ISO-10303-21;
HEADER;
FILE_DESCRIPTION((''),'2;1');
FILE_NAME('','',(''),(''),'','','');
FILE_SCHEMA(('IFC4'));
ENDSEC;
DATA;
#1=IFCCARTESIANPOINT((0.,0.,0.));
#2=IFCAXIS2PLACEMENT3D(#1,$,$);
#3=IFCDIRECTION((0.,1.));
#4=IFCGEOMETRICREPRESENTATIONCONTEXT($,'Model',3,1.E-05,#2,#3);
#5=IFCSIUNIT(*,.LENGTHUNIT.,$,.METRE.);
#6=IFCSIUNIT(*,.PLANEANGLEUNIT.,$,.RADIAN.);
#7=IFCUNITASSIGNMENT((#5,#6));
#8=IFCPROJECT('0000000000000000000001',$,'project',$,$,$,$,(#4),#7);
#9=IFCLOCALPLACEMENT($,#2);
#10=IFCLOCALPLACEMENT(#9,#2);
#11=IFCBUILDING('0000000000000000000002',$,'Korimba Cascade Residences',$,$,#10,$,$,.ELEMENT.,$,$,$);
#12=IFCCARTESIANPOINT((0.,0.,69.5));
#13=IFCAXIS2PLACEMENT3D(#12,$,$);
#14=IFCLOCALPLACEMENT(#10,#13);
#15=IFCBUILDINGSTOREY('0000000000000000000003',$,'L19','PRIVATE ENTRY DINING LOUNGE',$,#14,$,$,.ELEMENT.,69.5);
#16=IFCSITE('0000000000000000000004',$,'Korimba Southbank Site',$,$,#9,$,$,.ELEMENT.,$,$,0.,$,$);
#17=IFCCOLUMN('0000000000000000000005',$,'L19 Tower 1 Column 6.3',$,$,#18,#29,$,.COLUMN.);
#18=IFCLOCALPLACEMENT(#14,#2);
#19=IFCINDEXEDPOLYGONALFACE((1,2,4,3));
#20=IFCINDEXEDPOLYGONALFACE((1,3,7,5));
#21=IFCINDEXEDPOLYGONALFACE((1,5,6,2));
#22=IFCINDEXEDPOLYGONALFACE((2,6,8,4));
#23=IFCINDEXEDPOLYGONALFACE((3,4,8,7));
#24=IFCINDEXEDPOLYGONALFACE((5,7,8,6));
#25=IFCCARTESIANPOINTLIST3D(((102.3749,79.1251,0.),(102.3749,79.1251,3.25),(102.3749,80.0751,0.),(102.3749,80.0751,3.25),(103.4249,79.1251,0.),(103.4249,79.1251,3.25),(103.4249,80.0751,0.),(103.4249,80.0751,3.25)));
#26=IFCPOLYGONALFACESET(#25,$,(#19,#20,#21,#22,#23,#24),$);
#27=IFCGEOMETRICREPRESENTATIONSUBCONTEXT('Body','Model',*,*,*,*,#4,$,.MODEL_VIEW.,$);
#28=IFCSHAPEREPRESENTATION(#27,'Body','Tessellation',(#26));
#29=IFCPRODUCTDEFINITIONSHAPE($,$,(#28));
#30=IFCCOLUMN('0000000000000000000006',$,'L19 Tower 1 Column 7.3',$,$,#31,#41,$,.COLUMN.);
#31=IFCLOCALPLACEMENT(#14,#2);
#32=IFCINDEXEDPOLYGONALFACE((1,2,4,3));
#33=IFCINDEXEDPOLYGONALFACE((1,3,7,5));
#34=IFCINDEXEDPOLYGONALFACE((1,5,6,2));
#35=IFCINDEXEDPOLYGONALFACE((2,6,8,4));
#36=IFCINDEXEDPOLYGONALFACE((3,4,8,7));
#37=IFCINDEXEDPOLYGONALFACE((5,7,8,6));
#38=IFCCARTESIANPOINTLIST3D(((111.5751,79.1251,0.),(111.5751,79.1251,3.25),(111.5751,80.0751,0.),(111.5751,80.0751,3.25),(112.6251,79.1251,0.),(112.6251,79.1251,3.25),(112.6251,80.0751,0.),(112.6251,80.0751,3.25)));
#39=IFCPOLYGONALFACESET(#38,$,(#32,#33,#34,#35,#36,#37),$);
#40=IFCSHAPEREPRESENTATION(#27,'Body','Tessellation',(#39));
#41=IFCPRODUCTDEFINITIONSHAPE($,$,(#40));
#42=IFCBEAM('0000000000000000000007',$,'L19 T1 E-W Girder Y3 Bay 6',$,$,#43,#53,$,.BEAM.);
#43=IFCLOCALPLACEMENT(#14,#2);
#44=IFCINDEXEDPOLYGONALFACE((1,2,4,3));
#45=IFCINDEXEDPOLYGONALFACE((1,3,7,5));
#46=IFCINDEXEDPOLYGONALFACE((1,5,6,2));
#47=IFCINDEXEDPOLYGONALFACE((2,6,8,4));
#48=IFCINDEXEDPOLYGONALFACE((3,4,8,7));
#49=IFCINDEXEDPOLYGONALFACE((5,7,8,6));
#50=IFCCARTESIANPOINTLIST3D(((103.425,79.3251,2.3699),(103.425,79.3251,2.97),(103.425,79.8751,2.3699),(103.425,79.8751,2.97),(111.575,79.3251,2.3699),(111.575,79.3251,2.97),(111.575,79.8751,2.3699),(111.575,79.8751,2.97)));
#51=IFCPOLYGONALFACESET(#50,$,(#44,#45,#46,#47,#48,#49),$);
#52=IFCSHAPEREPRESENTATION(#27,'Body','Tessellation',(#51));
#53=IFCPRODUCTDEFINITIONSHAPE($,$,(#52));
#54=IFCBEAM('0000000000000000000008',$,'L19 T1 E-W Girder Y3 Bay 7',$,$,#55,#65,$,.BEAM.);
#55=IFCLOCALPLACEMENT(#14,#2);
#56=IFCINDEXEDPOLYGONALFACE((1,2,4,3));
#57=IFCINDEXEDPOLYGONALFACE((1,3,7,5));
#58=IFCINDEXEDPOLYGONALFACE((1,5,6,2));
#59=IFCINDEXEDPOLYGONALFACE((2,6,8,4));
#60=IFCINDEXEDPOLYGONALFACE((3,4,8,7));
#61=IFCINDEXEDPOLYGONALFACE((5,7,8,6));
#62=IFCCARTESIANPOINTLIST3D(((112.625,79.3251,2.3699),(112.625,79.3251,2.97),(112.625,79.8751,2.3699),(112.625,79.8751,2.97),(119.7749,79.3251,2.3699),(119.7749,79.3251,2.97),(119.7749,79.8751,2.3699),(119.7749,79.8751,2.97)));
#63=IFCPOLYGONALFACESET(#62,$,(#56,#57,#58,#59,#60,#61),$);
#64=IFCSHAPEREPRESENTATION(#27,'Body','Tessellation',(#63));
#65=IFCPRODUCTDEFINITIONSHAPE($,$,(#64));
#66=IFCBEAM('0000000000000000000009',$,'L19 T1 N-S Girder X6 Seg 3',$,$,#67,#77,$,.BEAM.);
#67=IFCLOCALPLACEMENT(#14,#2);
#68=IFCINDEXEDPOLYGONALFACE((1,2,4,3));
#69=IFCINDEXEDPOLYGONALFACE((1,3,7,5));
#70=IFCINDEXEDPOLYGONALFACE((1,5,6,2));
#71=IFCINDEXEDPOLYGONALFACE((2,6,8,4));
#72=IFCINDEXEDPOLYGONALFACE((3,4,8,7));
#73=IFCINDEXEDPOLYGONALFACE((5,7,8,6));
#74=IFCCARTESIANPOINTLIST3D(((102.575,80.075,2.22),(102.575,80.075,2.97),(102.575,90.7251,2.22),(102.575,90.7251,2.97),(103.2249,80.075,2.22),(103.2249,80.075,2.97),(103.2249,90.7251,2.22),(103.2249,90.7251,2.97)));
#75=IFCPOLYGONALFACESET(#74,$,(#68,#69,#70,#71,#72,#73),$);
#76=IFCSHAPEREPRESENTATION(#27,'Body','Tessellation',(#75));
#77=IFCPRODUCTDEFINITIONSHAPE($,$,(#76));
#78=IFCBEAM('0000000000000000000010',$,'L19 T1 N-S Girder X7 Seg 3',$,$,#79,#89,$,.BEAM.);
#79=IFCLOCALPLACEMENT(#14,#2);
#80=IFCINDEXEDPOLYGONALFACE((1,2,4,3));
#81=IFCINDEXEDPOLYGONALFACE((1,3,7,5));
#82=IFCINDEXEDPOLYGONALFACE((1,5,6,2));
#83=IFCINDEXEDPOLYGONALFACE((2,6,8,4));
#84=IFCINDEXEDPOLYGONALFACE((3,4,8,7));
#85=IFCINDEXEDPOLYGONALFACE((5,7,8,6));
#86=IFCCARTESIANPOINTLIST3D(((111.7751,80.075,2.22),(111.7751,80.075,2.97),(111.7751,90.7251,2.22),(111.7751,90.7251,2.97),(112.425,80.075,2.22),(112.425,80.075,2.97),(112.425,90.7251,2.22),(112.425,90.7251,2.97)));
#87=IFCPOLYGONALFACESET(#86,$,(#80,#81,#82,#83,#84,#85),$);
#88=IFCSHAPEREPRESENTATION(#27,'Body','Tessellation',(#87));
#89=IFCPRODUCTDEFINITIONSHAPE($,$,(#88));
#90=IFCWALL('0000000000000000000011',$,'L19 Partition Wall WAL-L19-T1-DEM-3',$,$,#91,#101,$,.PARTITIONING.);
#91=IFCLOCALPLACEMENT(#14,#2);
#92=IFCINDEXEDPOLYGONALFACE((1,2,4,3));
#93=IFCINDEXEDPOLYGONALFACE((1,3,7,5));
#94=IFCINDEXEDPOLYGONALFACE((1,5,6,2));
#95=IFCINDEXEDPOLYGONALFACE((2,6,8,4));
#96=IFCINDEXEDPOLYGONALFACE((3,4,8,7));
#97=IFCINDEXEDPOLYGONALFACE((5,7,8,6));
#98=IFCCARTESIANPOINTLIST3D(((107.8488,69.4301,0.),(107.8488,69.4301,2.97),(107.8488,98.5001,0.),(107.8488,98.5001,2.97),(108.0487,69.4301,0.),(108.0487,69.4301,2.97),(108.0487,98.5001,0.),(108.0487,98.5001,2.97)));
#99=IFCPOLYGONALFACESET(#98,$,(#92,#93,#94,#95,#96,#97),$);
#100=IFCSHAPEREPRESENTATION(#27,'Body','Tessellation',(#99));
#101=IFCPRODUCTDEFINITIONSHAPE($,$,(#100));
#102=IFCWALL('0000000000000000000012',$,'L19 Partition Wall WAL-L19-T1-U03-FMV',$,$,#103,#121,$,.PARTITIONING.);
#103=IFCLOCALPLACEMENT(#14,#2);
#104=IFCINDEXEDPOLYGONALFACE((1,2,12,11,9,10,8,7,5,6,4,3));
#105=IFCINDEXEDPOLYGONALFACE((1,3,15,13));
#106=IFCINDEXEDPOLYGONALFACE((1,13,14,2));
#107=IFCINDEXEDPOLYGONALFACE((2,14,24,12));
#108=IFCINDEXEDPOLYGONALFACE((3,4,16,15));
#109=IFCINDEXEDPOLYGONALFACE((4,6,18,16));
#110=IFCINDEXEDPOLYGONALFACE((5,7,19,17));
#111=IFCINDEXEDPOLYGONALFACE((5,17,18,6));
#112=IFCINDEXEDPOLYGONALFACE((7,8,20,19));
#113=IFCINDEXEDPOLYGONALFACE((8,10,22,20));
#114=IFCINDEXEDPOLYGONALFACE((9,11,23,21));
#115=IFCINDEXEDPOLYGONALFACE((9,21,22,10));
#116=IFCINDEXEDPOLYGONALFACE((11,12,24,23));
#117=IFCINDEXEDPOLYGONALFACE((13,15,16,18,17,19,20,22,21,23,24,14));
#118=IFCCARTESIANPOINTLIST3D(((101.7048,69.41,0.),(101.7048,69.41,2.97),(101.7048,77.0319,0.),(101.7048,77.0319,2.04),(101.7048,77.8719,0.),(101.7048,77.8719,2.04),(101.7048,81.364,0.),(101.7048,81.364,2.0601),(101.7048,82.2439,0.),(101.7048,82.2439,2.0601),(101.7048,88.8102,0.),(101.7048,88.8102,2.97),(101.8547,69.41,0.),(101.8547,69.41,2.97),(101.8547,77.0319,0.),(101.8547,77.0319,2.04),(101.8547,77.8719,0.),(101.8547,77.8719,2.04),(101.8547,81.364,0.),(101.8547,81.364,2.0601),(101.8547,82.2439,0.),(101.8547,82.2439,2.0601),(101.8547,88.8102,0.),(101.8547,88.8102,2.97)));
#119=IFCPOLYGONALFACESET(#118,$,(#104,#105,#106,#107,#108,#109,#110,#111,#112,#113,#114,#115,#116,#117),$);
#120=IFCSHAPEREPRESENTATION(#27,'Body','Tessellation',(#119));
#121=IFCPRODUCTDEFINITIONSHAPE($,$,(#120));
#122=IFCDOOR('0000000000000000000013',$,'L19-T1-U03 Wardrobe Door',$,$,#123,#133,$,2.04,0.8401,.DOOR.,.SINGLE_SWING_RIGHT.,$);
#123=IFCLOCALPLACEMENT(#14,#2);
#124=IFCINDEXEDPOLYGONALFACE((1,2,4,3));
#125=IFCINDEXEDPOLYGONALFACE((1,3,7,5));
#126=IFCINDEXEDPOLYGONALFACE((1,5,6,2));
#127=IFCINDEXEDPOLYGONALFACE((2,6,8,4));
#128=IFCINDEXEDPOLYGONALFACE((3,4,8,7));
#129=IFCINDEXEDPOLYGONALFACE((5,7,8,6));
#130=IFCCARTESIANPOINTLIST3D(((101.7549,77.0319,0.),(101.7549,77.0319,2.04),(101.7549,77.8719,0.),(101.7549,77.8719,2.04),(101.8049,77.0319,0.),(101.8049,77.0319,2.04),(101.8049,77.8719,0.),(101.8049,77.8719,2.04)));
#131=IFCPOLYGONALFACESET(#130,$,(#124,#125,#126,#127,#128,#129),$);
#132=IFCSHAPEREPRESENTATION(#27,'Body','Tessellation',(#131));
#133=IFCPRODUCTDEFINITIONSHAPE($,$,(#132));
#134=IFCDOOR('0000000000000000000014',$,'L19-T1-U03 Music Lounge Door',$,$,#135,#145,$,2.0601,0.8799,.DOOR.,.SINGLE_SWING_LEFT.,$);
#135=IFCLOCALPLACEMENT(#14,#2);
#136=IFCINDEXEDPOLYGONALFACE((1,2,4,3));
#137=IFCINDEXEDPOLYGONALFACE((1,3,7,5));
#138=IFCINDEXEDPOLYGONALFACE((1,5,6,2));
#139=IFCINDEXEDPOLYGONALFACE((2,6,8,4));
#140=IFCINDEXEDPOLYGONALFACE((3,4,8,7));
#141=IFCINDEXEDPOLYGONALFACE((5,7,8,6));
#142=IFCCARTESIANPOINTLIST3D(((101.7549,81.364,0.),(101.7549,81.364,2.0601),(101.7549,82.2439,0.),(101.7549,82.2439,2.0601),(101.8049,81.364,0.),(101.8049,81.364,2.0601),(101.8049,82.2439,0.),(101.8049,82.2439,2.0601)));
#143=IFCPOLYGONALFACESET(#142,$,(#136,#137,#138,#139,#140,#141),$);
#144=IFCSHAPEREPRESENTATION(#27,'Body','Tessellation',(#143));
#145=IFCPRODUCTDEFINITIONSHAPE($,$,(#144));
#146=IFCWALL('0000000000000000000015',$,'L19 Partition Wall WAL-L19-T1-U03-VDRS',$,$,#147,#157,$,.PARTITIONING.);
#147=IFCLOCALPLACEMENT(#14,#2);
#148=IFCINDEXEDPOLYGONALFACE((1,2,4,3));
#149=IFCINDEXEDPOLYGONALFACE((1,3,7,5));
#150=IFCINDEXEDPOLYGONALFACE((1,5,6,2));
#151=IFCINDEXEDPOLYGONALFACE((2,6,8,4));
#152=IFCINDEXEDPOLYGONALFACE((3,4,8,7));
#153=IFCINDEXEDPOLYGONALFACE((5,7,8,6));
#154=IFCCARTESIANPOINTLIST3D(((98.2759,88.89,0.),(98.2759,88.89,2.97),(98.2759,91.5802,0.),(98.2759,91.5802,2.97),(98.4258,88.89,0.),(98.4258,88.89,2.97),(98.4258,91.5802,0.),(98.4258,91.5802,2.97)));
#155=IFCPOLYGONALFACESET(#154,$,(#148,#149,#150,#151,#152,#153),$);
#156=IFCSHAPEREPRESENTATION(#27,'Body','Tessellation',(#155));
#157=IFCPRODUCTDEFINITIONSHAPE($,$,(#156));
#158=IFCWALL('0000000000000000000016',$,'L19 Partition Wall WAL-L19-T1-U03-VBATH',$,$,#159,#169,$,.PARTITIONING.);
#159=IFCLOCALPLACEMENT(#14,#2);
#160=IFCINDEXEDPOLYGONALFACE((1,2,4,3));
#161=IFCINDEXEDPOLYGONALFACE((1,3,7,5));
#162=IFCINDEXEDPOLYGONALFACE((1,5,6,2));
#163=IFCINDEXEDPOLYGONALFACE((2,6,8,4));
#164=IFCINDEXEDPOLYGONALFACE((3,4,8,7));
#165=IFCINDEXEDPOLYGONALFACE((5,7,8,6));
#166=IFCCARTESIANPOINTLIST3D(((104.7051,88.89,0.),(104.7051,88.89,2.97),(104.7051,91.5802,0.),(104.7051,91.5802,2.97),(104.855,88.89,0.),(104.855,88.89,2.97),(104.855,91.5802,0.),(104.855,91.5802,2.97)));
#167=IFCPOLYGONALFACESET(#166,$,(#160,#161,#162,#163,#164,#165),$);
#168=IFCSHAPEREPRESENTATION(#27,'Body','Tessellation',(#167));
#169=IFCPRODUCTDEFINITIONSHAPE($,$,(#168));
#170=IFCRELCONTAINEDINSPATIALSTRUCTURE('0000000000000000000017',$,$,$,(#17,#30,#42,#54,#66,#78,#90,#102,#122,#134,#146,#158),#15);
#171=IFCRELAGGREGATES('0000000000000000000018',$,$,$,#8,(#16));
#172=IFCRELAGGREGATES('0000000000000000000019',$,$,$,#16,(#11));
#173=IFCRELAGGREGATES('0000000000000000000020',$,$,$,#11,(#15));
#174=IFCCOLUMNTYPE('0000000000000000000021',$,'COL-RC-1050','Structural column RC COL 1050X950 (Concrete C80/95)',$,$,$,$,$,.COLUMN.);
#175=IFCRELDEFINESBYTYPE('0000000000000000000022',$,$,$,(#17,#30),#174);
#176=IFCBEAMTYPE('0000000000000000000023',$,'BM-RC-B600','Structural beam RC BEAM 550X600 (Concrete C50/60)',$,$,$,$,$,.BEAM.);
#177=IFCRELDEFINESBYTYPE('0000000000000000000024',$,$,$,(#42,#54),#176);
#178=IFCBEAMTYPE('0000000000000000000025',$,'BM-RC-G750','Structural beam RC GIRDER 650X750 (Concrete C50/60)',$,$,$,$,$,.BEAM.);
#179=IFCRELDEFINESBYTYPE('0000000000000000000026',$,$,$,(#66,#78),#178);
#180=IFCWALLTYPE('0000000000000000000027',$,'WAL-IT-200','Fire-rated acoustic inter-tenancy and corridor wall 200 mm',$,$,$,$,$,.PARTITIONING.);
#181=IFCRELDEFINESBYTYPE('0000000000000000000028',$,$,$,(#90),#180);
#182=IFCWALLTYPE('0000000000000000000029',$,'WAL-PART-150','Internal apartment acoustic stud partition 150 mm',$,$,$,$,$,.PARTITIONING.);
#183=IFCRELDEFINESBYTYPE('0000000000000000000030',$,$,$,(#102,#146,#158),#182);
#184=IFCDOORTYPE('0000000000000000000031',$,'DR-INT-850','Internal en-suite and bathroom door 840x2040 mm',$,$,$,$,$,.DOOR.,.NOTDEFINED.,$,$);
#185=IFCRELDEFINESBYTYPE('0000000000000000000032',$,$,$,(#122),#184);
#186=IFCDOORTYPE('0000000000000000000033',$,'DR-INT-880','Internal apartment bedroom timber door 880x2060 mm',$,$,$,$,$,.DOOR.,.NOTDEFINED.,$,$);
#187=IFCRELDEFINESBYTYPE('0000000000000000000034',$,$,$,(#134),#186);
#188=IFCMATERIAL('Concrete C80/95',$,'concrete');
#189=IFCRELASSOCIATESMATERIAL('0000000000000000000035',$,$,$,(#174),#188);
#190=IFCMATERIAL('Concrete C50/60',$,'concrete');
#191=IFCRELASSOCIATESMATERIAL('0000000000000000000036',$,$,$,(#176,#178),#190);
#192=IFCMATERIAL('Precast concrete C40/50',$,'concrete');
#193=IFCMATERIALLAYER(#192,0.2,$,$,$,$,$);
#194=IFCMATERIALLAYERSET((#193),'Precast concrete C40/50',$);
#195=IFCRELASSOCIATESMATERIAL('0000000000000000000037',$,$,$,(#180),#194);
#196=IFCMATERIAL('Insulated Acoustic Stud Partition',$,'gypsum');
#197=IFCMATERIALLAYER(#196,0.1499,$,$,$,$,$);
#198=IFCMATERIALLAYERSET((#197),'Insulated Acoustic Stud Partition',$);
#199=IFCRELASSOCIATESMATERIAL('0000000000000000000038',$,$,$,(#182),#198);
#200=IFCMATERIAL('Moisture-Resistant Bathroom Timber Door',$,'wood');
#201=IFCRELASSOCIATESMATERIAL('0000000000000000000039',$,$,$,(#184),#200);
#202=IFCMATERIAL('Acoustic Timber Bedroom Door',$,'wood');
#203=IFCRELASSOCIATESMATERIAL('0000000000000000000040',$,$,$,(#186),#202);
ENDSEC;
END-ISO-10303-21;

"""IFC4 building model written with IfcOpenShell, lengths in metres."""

from ifc_helpers import new_model, si_unit, direction, frame, frame_2d, origin, origin_2d, place, context, subcontext, project, spatial, rectangle, extrude, material, layer, layer_set, material_profile, profile_set, type_object, element, fill, save


model = new_model("IFC4")

# Units and contexts
model_context = context("Model", 3, precision=1e-05, world=origin(), true_north=direction((0.0, 1.0)))
body_context = subcontext(model_context, "Body", "Model", "MODEL_VIEW")
ifc_project = project(units=[si_unit("LENGTHUNIT", "METRE"), si_unit("PLANEANGLEUNIT", "RADIAN")], contexts=[model_context])

# Site, building, storey
site_placement = place(None, origin())
site = spatial("IfcSite", under=ifc_project, at=site_placement, Name="Korimba Southbank Site", CompositionType="ELEMENT", RefElevation=0.0)
building_placement = place(site_placement, origin())
building = spatial("IfcBuilding", under=site, at=building_placement, Name="Korimba Cascade Residences", CompositionType="ELEMENT")
storey_placement = place(building_placement, frame((0.0, 0.0, 69.5)))
storey = spatial("IfcBuildingStorey", under=building, at=storey_placement, Name="L19", Description="PRIVATE ENTRY DINING LOUNGE", CompositionType="ELEMENT", Elevation=69.5)

# Columns
ifc_material_1 = material(Name="Concrete C80/95", Category="concrete")
ifc_material_profile_1 = material_profile(ifc_material_1, rectangle(XDim=1.05, YDim=0.95, at=origin_2d()), Name="Concrete C80/95")
ifc_profile_set_1 = profile_set([ifc_material_profile_1], Name="Concrete C80/95")
column_type = type_object("IfcColumnType", Name="COL-RC-1050", Description="Structural column RC COL 1050X950 (Concrete C80/95)", PredefinedType="COLUMN", material=ifc_profile_set_1)
for number, where, z_axis, x_axis, name in (
    (1, (102.8999, 79.6001, 0.0), (0.0, 0.0, 1.0), (1.0, 0.0, 0.0), "L19 Tower 1 Column 6.3"),
    (2, (112.1001, 79.6001, 0.0), (0.0, 0.0, 1.0), (1.0, 0.0, 0.0), "L19 Tower 1 Column 7.3"),
):
    element("IfcColumn", number, at=place(storey_placement, frame(where, z_axis=z_axis, x_axis=x_axis)), inside=storey, type_object=column_type, Name=name, PredefinedType="COLUMN", context=body_context, shape_type="SweptSolid", body=[
        extrude(rectangle(XDim=1.05, YDim=0.95, at=origin_2d()), origin(), (0.0, 0.0, 1.0), 3.25),
    ])

# Beams
ifc_material_2 = material(Name="Concrete C50/60", Category="concrete")
ifc_material_profile_2 = material_profile(ifc_material_2, rectangle(XDim=0.55, YDim=0.6001, at=origin_2d()), Name="Concrete C50/60")
ifc_profile_set_2 = profile_set([ifc_material_profile_2], Name="Concrete C50/60")
beam_type_1 = type_object("IfcBeamType", Name="BM-RC-B600", Description="Structural beam RC BEAM 550X600 (Concrete C50/60)", PredefinedType="BEAM", material=ifc_profile_set_2)
beam_1_placement = place(storey_placement, frame((103.425, 79.6001, 2.6699), z_axis=(1.0, 0.0, 0.0), x_axis=(0.0, 1.0, 0.0)))
element("IfcBeam", 3, at=beam_1_placement, inside=storey, type_object=beam_type_1, Name="L19 T1 E-W Girder Y3 Bay 6", PredefinedType="BEAM", context=body_context, shape_type="SweptSolid", body=[
    extrude(rectangle(XDim=0.55, YDim=0.6001, at=origin_2d()), origin(), (0.0, 0.0, 1.0), 8.1499),
])
beam_2_placement = place(storey_placement, frame((112.625, 79.6001, 2.6699), z_axis=(1.0, 0.0, 0.0), x_axis=(0.0, 1.0, 0.0)))
element("IfcBeam", 4, at=beam_2_placement, inside=storey, type_object=beam_type_1, Name="L19 T1 E-W Girder Y3 Bay 7", PredefinedType="BEAM", context=body_context, shape_type="SweptSolid", body=[
    extrude(rectangle(XDim=0.55, YDim=0.6001, at=origin_2d()), origin(), (0.0, 0.0, 1.0), 7.1499),
])
ifc_material_profile_3 = material_profile(ifc_material_2, rectangle(XDim=0.6499, YDim=0.75, at=origin_2d()), Name="Concrete C50/60")
ifc_profile_set_3 = profile_set([ifc_material_profile_3], Name="Concrete C50/60")
beam_type_2 = type_object("IfcBeamType", Name="BM-RC-G750", Description="Structural beam RC GIRDER 650X750 (Concrete C50/60)", PredefinedType="BEAM", material=ifc_profile_set_3)
for number, where, z_axis, x_axis, name in (
    (5, (102.8999, 80.075, 2.595), (0.0, 1.0, 0.0), (-1.0, 0.0, 0.0), "L19 T1 N-S Girder X6 Seg 3"),
    (6, (112.1001, 80.075, 2.595), (0.0, 1.0, 0.0), (-1.0, 0.0, 0.0), "L19 T1 N-S Girder X7 Seg 3"),
):
    element("IfcBeam", number, at=place(storey_placement, frame(where, z_axis=z_axis, x_axis=x_axis)), inside=storey, type_object=beam_type_2, Name=name, PredefinedType="BEAM", context=body_context, shape_type="SweptSolid", body=[
        extrude(rectangle(XDim=0.6499, YDim=0.75, at=origin_2d()), origin(), (0.0, 0.0, 1.0), 10.6501),
    ])

# Wall
ifc_material_3 = material(Name="Precast concrete C40/50", Category="concrete")
ifc_layer_1 = layer(ifc_material_3, 0.2)
ifc_layer_set_1 = layer_set([ifc_layer_1], Name="Precast concrete C40/50")
wall_type_1 = type_object("IfcWallType", Name="WAL-IT-200", Description="Fire-rated acoustic inter-tenancy and corridor wall 200 mm", PredefinedType="PARTITIONING", material=ifc_layer_set_1)
wall_1_placement = place(storey_placement, frame((107.9487, 69.4299, 0.0), z_axis=(0.0, 0.0, 1.0), x_axis=(0.0, 1.0, 0.0)))
element("IfcWall", 7, at=wall_1_placement, inside=storey, type_object=wall_type_1, Name="L19 Partition Wall WAL-L19-T1-DEM-3", PredefinedType="PARTITIONING", context=body_context, shape_type="SweptSolid", body=[
    extrude(rectangle(XDim=29.0701, YDim=0.2, at=frame_2d((14.5352, 0.0))), origin(), (0.0, 0.0, 1.0), 2.97),
])

# Wall, openings, doors
ifc_material_4 = material(Name="Insulated Acoustic Stud Partition", Category="gypsum")
ifc_layer_2 = layer(ifc_material_4, 0.1499)
ifc_layer_set_2 = layer_set([ifc_layer_2], Name="Insulated Acoustic Stud Partition")
wall_type_2 = type_object("IfcWallType", Name="WAL-PART-150", Description="Internal apartment acoustic stud partition 150 mm", PredefinedType="PARTITIONING", material=ifc_layer_set_2)
wall_2_placement = place(storey_placement, frame((101.7798, 69.4099, 0.0), z_axis=(0.0, 0.0, 1.0), x_axis=(0.0, 1.0, 0.0)))
wall_2 = element("IfcWall", 8, at=wall_2_placement, inside=storey, type_object=wall_type_2, Name="L19 Partition Wall WAL-L19-T1-U03-FMV", PredefinedType="PARTITIONING", context=body_context, shape_type="SweptSolid", body=[
    extrude(rectangle(XDim=19.4001, YDim=0.1499, at=frame_2d((9.7002, 0.0))), origin(), (0.0, 0.0, 1.0), 2.97),
])
opening_1_placement = place(wall_2_placement, frame((7.6221, 0.0, 0.0)))
opening_1 = element("IfcOpeningElement", 9, at=opening_1_placement, cuts=wall_2, PredefinedType="OPENING", context=body_context, shape_type="SweptSolid", body=[
    extrude(rectangle(XDim=0.8401, YDim=2.04, at=frame_2d((0.4199, 1.02))), frame((0.0, 0.085, 0.0), z_axis=(0.0, -1.0, 0.0), x_axis=(1.0, 0.0, 0.0)), (0.0, 0.0, 1.0), 0.1699),
])
opening_2_placement = place(wall_2_placement, frame((11.9541, 0.0, 0.0)))
opening_2 = element("IfcOpeningElement", 10, at=opening_2_placement, cuts=wall_2, PredefinedType="OPENING", context=body_context, shape_type="SweptSolid", body=[
    extrude(rectangle(XDim=0.8799, YDim=2.0601, at=frame_2d((0.4399, 1.03))), frame((0.0, 0.085, 0.0), z_axis=(0.0, -1.0, 0.0), x_axis=(1.0, 0.0, 0.0)), (0.0, 0.0, 1.0), 0.1699),
])
ifc_material_5 = material(Name="Moisture-Resistant Bathroom Timber Door", Category="wood")
door_type_1 = type_object("IfcDoorType", Name="DR-INT-850", Description="Internal en-suite and bathroom door 840x2040 mm", OperationType="NOTDEFINED", PredefinedType="DOOR", material=ifc_material_5)
door_1_placement = place(opening_1_placement, origin())
door_1 = element("IfcDoor", 11, at=door_1_placement, inside=storey, type_object=door_type_1, Name="L19-T1-U03 Wardrobe Door", OperationType="SINGLE_SWING_RIGHT", OverallHeight=2.04, OverallWidth=0.8401, PredefinedType="DOOR", context=body_context, shape_type="SweptSolid", body=[
    extrude(rectangle(XDim=0.8401, YDim=2.04, at=frame_2d((0.4199, 1.02))), frame((0.0, 0.0249, 0.0), z_axis=(0.0, -1.0, 0.0), x_axis=(1.0, 0.0, 0.0)), (0.0, 0.0, 1.0), 0.05),
])
fill(opening_1, door_1)
ifc_material_6 = material(Name="Acoustic Timber Bedroom Door", Category="wood")
door_type_2 = type_object("IfcDoorType", Name="DR-INT-880", Description="Internal apartment bedroom timber door 880x2060 mm", OperationType="NOTDEFINED", PredefinedType="DOOR", material=ifc_material_6)
door_2_placement = place(opening_2_placement, origin())
door_2 = element("IfcDoor", 12, at=door_2_placement, inside=storey, type_object=door_type_2, Name="L19-T1-U03 Music Lounge Door", OperationType="SINGLE_SWING_LEFT", OverallHeight=2.0601, OverallWidth=0.8799, PredefinedType="DOOR", context=body_context, shape_type="SweptSolid", body=[
    extrude(rectangle(XDim=0.8799, YDim=2.0601, at=frame_2d((0.4399, 1.03))), frame((0.0, 0.0249, 0.0), z_axis=(0.0, -1.0, 0.0), x_axis=(1.0, 0.0, 0.0)), (0.0, 0.0, 1.0), 0.05),
])
fill(opening_2, door_2)

# Walls
for number, where, z_axis, x_axis, name in (
    (13, (98.3508, 88.8899, 0.0), (0.0, 0.0, 1.0), (0.0, 1.0, 0.0), "L19 Partition Wall WAL-L19-T1-U03-VDRS"),
    (14, (104.78, 88.8899, 0.0), (0.0, 0.0, 1.0), (0.0, 1.0, 0.0), "L19 Partition Wall WAL-L19-T1-U03-VBATH"),
):
    element("IfcWall", number, at=place(storey_placement, frame(where, z_axis=z_axis, x_axis=x_axis)), inside=storey, type_object=wall_type_2, Name=name, PredefinedType="PARTITIONING", context=body_context, shape_type="SweptSolid", body=[
        extrude(rectangle(XDim=2.6902, YDim=0.1499, at=frame_2d((1.3452, 0.0))), origin(), (0.0, 0.0, 1.0), 2.97),
    ])

save(model, "model.ifc")
